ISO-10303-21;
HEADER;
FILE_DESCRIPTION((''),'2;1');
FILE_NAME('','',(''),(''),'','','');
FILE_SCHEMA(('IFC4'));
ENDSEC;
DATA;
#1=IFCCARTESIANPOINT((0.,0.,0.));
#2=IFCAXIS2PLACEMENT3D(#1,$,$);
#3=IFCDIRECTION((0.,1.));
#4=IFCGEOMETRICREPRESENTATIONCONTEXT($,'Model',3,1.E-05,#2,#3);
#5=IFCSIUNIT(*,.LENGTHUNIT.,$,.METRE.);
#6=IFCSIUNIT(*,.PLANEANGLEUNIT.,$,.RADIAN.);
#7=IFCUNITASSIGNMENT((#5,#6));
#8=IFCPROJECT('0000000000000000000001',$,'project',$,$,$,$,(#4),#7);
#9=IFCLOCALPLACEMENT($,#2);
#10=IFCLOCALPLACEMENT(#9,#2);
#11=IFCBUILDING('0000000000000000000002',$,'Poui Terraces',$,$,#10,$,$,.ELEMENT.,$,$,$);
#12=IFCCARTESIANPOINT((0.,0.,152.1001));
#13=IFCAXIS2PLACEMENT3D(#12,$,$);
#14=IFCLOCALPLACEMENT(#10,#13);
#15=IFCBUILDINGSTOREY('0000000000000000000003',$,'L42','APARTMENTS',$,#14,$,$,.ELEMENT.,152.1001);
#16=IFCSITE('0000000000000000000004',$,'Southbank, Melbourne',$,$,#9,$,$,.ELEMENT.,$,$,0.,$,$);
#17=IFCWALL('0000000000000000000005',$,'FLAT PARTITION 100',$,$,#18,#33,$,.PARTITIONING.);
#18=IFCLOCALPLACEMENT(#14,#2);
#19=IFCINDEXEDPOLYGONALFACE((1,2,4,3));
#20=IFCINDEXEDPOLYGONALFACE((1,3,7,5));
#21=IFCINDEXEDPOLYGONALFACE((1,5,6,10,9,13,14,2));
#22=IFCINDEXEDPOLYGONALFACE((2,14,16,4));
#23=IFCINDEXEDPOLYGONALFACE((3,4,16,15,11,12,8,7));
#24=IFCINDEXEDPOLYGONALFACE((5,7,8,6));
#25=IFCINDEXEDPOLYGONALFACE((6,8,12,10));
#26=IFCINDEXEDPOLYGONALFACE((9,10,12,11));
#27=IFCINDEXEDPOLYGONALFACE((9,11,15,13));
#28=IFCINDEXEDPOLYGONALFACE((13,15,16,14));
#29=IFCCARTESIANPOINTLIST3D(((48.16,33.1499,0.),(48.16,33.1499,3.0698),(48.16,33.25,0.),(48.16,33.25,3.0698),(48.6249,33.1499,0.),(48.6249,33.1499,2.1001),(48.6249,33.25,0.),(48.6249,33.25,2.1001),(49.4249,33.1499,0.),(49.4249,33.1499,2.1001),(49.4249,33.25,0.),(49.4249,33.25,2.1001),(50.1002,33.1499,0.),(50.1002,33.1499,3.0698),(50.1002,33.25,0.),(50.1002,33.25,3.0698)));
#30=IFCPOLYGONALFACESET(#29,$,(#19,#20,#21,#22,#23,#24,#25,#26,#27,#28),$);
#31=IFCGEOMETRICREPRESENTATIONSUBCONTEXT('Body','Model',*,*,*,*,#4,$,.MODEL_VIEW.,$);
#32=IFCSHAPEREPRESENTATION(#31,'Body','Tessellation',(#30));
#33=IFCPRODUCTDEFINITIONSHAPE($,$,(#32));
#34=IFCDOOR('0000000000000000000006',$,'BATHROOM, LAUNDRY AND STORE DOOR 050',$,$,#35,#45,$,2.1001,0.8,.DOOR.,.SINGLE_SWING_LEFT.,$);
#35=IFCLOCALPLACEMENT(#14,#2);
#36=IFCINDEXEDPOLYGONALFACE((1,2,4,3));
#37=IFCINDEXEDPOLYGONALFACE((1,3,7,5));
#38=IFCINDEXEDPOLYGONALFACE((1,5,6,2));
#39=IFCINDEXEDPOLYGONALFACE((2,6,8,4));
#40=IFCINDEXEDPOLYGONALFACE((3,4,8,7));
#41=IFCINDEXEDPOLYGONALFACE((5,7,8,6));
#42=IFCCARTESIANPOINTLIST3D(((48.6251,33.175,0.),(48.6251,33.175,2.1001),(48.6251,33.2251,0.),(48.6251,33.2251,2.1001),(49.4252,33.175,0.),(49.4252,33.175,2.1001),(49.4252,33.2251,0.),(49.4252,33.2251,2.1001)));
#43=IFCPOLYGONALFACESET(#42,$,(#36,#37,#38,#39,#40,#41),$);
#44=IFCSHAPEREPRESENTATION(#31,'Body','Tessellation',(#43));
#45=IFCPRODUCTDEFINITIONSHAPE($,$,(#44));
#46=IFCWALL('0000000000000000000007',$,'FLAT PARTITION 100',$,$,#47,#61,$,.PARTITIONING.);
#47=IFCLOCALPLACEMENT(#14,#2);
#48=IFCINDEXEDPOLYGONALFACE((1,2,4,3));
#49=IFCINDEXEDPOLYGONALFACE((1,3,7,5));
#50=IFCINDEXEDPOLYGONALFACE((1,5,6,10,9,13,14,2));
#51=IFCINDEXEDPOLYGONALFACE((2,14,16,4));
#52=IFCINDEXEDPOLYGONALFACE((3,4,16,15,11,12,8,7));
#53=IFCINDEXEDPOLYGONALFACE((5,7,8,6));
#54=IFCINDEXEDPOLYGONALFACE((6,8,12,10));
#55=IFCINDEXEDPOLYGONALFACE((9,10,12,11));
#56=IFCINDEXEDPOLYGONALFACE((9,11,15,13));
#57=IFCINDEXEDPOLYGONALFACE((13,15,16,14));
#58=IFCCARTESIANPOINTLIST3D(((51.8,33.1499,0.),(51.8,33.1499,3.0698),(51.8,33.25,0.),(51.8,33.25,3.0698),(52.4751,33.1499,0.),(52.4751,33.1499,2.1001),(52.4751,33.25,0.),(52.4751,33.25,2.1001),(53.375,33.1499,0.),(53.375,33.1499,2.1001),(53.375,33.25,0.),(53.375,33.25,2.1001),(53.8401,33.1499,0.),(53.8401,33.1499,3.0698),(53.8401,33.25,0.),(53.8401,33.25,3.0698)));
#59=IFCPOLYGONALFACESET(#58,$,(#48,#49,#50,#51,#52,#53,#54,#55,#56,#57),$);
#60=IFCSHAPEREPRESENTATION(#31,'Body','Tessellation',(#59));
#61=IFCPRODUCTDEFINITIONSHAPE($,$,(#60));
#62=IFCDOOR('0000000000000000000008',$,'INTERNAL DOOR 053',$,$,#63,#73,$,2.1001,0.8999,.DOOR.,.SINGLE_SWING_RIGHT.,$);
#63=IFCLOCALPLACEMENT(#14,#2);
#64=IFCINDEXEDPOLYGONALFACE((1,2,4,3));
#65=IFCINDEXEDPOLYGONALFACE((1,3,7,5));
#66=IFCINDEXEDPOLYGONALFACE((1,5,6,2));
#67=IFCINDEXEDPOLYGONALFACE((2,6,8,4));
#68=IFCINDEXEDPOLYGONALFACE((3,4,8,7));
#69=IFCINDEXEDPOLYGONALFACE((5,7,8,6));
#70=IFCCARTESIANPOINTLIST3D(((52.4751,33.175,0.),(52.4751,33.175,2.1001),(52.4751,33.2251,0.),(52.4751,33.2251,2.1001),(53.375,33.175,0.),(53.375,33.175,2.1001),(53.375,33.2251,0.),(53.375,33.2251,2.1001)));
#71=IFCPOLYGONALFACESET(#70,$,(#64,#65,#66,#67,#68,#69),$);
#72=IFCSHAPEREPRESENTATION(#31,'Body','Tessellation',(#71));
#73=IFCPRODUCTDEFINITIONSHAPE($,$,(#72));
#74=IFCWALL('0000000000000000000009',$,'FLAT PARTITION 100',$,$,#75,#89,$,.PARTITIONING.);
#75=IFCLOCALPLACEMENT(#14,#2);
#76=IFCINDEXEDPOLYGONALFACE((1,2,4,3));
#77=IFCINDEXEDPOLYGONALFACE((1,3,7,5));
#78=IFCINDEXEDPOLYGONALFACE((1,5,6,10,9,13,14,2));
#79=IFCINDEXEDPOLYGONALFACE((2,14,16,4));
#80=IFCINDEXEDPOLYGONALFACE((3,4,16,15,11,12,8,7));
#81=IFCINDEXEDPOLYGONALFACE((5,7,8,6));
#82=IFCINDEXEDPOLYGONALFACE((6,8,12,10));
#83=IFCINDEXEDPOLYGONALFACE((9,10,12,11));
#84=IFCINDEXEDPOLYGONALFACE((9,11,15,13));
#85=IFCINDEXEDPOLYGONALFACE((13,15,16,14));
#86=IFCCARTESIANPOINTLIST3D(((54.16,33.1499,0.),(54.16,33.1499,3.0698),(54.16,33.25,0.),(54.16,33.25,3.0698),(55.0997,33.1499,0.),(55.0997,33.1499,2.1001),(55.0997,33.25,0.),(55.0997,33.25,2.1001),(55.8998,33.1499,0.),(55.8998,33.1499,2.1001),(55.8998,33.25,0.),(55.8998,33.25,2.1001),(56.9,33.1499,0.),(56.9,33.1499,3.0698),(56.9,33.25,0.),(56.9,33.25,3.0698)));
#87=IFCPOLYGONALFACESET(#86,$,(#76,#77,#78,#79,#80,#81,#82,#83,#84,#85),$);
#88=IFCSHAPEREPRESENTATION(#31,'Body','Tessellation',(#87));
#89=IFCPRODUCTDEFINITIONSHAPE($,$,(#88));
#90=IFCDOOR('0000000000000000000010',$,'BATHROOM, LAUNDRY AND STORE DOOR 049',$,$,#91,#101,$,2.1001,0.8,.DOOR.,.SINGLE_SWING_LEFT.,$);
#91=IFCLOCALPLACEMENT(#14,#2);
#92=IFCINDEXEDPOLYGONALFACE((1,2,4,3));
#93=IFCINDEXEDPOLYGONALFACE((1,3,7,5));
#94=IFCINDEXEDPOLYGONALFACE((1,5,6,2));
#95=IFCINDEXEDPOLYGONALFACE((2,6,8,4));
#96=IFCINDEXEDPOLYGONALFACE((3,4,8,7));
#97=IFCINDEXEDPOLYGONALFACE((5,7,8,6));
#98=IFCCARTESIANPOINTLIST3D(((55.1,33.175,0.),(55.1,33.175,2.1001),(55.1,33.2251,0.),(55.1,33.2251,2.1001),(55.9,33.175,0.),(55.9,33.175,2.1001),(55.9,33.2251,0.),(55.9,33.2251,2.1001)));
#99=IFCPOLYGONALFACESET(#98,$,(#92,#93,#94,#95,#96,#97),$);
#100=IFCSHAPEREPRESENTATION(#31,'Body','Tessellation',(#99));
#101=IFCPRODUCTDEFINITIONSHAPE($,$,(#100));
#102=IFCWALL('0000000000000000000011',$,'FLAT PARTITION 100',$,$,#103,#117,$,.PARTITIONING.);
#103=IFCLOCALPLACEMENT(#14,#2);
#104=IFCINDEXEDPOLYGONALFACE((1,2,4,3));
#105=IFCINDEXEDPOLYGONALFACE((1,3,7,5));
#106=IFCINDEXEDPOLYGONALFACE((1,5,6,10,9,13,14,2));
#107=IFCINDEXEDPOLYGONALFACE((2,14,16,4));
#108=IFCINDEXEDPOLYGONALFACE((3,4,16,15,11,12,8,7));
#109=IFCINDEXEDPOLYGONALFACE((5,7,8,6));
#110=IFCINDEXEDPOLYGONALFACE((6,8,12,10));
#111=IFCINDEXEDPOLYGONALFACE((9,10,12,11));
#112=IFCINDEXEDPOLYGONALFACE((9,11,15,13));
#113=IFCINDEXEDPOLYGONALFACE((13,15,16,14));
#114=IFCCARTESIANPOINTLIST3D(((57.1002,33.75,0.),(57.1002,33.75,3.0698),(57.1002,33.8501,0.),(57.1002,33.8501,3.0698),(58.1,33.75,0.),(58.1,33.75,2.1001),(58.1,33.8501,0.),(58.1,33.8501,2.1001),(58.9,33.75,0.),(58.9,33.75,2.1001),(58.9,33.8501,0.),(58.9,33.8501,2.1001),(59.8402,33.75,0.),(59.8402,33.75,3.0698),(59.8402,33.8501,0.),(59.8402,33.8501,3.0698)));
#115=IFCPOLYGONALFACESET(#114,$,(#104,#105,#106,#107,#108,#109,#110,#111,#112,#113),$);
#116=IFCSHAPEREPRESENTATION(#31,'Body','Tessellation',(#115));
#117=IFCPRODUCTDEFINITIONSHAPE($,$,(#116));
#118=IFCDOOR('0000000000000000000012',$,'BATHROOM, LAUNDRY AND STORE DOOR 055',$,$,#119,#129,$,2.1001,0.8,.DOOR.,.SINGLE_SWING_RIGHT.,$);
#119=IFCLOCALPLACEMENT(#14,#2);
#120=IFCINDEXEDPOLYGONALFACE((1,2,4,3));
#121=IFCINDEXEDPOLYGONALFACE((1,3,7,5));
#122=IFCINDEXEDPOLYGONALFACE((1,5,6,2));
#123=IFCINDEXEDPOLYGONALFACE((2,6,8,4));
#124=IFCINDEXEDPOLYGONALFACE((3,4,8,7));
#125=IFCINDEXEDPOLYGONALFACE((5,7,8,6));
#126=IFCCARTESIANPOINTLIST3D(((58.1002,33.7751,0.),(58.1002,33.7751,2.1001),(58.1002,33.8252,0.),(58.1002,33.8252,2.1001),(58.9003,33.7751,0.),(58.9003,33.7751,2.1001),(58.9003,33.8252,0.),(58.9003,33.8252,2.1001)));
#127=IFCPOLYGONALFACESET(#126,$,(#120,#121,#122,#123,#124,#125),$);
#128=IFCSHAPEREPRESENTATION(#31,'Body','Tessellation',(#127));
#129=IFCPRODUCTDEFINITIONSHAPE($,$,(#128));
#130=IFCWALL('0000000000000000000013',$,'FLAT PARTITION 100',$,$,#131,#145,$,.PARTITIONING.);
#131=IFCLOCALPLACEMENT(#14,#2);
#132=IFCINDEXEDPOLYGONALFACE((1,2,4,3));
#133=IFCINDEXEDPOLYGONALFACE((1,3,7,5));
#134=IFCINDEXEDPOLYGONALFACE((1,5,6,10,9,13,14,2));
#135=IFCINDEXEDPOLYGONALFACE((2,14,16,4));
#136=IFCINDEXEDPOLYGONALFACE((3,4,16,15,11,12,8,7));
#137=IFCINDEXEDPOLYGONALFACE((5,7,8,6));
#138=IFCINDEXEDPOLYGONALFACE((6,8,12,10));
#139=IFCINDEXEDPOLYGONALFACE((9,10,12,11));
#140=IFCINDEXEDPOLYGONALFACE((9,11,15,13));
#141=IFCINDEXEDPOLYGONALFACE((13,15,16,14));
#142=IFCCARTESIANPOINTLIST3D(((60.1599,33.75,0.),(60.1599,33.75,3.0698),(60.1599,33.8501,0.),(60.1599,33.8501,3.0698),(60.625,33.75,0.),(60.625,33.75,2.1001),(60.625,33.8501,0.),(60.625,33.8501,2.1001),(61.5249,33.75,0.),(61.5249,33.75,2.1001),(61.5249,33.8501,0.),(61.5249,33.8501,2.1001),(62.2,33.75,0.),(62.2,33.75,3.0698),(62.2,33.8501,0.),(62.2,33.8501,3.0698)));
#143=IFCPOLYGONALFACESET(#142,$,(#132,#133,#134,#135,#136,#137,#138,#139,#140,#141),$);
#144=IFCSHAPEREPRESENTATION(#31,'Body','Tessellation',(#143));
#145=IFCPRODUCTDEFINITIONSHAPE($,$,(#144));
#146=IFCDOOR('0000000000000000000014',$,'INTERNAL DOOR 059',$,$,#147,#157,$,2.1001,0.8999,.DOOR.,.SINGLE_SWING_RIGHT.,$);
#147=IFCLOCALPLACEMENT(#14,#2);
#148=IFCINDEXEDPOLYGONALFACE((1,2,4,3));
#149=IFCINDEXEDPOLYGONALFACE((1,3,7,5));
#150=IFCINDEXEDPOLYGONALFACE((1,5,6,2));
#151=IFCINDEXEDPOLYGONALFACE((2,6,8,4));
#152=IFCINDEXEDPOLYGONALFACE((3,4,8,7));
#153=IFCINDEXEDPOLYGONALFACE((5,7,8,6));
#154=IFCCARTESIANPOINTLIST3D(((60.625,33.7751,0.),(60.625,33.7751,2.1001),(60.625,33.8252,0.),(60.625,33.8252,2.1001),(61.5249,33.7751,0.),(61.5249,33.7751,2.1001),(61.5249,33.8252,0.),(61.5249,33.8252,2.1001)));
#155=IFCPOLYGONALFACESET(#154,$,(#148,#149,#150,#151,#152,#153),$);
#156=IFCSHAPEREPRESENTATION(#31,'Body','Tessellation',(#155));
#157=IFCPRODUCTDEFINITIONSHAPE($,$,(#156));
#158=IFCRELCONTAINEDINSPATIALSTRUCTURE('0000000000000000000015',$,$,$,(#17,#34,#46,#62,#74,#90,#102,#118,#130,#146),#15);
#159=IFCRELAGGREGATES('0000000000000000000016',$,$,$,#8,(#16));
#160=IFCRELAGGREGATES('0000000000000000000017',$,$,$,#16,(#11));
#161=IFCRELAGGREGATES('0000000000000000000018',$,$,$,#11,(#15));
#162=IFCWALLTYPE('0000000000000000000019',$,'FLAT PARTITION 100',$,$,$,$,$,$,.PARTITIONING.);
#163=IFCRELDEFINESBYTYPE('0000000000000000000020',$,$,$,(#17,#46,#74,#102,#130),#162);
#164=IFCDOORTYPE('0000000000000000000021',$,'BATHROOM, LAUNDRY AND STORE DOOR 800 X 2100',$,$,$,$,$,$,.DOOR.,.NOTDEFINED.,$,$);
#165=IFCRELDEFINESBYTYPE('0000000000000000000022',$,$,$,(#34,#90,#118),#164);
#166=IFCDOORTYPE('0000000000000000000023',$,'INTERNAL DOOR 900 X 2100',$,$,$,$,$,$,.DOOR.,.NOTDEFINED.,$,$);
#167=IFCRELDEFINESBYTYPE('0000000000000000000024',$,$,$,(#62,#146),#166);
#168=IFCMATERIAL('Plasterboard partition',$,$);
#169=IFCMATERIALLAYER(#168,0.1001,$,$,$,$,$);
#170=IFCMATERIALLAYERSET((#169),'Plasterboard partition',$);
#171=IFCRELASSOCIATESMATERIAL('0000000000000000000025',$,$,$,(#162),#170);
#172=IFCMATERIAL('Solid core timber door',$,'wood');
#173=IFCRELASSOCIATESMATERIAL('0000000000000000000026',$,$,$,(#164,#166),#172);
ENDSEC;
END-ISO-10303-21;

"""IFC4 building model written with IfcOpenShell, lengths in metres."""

from ifc_helpers import new_model, si_unit, direction, frame, frame_2d, origin, place, context, subcontext, project, spatial, rectangle, extrude, material, layer, layer_set, type_object, element, fill, save


model = new_model("IFC4")

# Units and contexts
model_context = context("Model", 3, precision=1e-05, world=origin(), true_north=direction((0.0, 1.0)))
body_context = subcontext(model_context, "Body", "Model", "MODEL_VIEW")
ifc_project = project(units=[si_unit("LENGTHUNIT", "METRE"), si_unit("PLANEANGLEUNIT", "RADIAN")], contexts=[model_context])

# Site, building, storey
site_placement = place(None, origin())
site = spatial("IfcSite", under=ifc_project, at=site_placement, Name="Southbank, Melbourne", CompositionType="ELEMENT", RefElevation=0.0)
building_placement = place(site_placement, origin())
building = spatial("IfcBuilding", under=site, at=building_placement, Name="Poui Terraces", CompositionType="ELEMENT")
storey_placement = place(building_placement, frame((0.0, 0.0, 152.1001)))
storey = spatial("IfcBuildingStorey", under=building, at=storey_placement, Name="L42", Description="APARTMENTS", CompositionType="ELEMENT", Elevation=152.1001)

# Walls, openings, doors
ifc_material_1 = material(Name="Plasterboard partition")
ifc_layer_1 = layer(ifc_material_1, 0.1001)
ifc_layer_set_1 = layer_set([ifc_layer_1], Name="Plasterboard partition")
wall_type_1 = type_object("IfcWallType", Name="FLAT PARTITION 100", PredefinedType="PARTITIONING", material=ifc_layer_set_1)
wall_1_placement = place(storey_placement, frame((48.1599, 33.2, 0.0), z_axis=(0.0, 0.0, 1.0), x_axis=(1.0, 0.0, 0.0)))
wall_1 = element("IfcWall", 1, at=wall_1_placement, inside=storey, type_object=wall_type_1, Name="FLAT PARTITION 100", PredefinedType="PARTITIONING", context=body_context, shape_type="SweptSolid", body=[
    extrude(rectangle(XDim=1.9402, YDim=0.1001, at=frame_2d((0.9702, 0.0))), origin(), (0.0, 0.0, 1.0), 3.0698),
])
opening_1_placement = place(wall_1_placement, frame((0.4651, 0.0, 0.0)))
opening_1 = element("IfcOpeningElement", 2, at=opening_1_placement, cuts=wall_1, PredefinedType="OPENING", context=body_context, shape_type="SweptSolid", body=[
    extrude(rectangle(XDim=0.8, YDim=2.1001, at=frame_2d((0.3999, 1.05))), frame((0.0, 0.0601, 0.0), z_axis=(0.0, -1.0, 0.0), x_axis=(1.0, 0.0, 0.0)), (0.0, 0.0, 1.0), 0.1201),
])
ifc_material_2 = material(Name="Solid core timber door", Category="wood")
door_type_1 = type_object("IfcDoorType", Name="BATHROOM, LAUNDRY AND STORE DOOR 800 X 2100", OperationType="NOTDEFINED", PredefinedType="DOOR", material=ifc_material_2)
door_1_placement = place(opening_1_placement, frame((0.8, 0.0, 0.0), z_axis=(0.0, 0.0, 1.0), x_axis=(-1.0, 0.0, 0.0)))
door_1 = element("IfcDoor", 3, at=door_1_placement, inside=storey, type_object=door_type_1, Name="BATHROOM, LAUNDRY AND STORE DOOR 050", OperationType="SINGLE_SWING_LEFT", OverallHeight=2.1001, OverallWidth=0.8, PredefinedType="DOOR", context=body_context, shape_type="SweptSolid", body=[
    extrude(rectangle(XDim=0.8, YDim=2.1001, at=frame_2d((0.3999, 1.05))), frame((0.0, 0.0249, 0.0), z_axis=(0.0, -1.0, 0.0), x_axis=(1.0, 0.0, 0.0)), (0.0, 0.0, 1.0), 0.05),
])
fill(opening_1, door_1)
wall_2_placement = place(storey_placement, frame((51.8, 33.2, 0.0), z_axis=(0.0, 0.0, 1.0), x_axis=(1.0, 0.0, 0.0)))
wall_2 = element("IfcWall", 4, at=wall_2_placement, inside=storey, type_object=wall_type_1, Name="FLAT PARTITION 100", PredefinedType="PARTITIONING", context=body_context, shape_type="SweptSolid", body=[
    extrude(rectangle(XDim=2.04, YDim=0.1001, at=frame_2d((1.02, 0.0))), origin(), (0.0, 0.0, 1.0), 3.0698),
])
opening_2_placement = place(wall_2_placement, frame((0.675, 0.0, 0.0)))
opening_2 = element("IfcOpeningElement", 5, at=opening_2_placement, cuts=wall_2, PredefinedType="OPENING", context=body_context, shape_type="SweptSolid", body=[
    extrude(rectangle(XDim=0.8999, YDim=2.1001, at=frame_2d((0.45, 1.05))), frame((0.0, 0.0601, 0.0), z_axis=(0.0, -1.0, 0.0), x_axis=(1.0, 0.0, 0.0)), (0.0, 0.0, 1.0), 0.1201),
])
door_type_2 = type_object("IfcDoorType", Name="INTERNAL DOOR 900 X 2100", OperationType="NOTDEFINED", PredefinedType="DOOR", material=ifc_material_2)
door_2_placement = place(opening_2_placement, frame((0.8999, 0.0, 0.0), z_axis=(0.0, 0.0, 1.0), x_axis=(-1.0, 0.0, 0.0)))
door_2 = element("IfcDoor", 6, at=door_2_placement, inside=storey, type_object=door_type_2, Name="INTERNAL DOOR 053", OperationType="SINGLE_SWING_RIGHT", OverallHeight=2.1001, OverallWidth=0.8999, PredefinedType="DOOR", context=body_context, shape_type="SweptSolid", body=[
    extrude(rectangle(XDim=0.8999, YDim=2.1001, at=frame_2d((0.45, 1.05))), frame((0.0, 0.0249, 0.0), z_axis=(0.0, -1.0, 0.0), x_axis=(1.0, 0.0, 0.0)), (0.0, 0.0, 1.0), 0.05),
])
fill(opening_2, door_2)
wall_3_placement = place(storey_placement, frame((54.1599, 33.2, 0.0), z_axis=(0.0, 0.0, 1.0), x_axis=(1.0, 0.0, 0.0)))
wall_3 = element("IfcWall", 7, at=wall_3_placement, inside=storey, type_object=wall_type_1, Name="FLAT PARTITION 100", PredefinedType="PARTITIONING", context=body_context, shape_type="SweptSolid", body=[
    extrude(rectangle(XDim=2.74, YDim=0.1001, at=frame_2d((1.3701, 0.0))), origin(), (0.0, 0.0, 1.0), 3.0698),
])
opening_3_placement = place(wall_3_placement, frame((0.9399, 0.0, 0.0)))
opening_3 = element("IfcOpeningElement", 8, at=opening_3_placement, cuts=wall_3, PredefinedType="OPENING", context=body_context, shape_type="SweptSolid", body=[
    extrude(rectangle(XDim=0.8, YDim=2.1001, at=frame_2d((0.3999, 1.05))), frame((0.0, 0.0601, 0.0), z_axis=(0.0, -1.0, 0.0), x_axis=(1.0, 0.0, 0.0)), (0.0, 0.0, 1.0), 0.1201),
])
door_3_placement = place(opening_3_placement, frame((0.8, 0.0, 0.0), z_axis=(0.0, 0.0, 1.0), x_axis=(-1.0, 0.0, 0.0)))
door_3 = element("IfcDoor", 9, at=door_3_placement, inside=storey, type_object=door_type_1, Name="BATHROOM, LAUNDRY AND STORE DOOR 049", OperationType="SINGLE_SWING_LEFT", OverallHeight=2.1001, OverallWidth=0.8, PredefinedType="DOOR", context=body_context, shape_type="SweptSolid", body=[
    extrude(rectangle(XDim=0.8, YDim=2.1001, at=frame_2d((0.3999, 1.05))), frame((0.0, 0.0249, 0.0), z_axis=(0.0, -1.0, 0.0), x_axis=(1.0, 0.0, 0.0)), (0.0, 0.0, 1.0), 0.05),
])
fill(opening_3, door_3)
wall_4_placement = place(storey_placement, frame((57.1001, 33.8, 0.0), z_axis=(0.0, 0.0, 1.0), x_axis=(1.0, 0.0, 0.0)))
wall_4 = element("IfcWall", 10, at=wall_4_placement, inside=storey, type_object=wall_type_1, Name="FLAT PARTITION 100", PredefinedType="PARTITIONING", context=body_context, shape_type="SweptSolid", body=[
    extrude(rectangle(XDim=2.74, YDim=0.1001, at=frame_2d((1.3701, 0.0))), origin(), (0.0, 0.0, 1.0), 3.0698),
])
opening_4_placement = place(wall_4_placement, frame((1.0, 0.0, 0.0)))
opening_4 = element("IfcOpeningElement", 11, at=opening_4_placement, cuts=wall_4, PredefinedType="OPENING", context=body_context, shape_type="SweptSolid", body=[
    extrude(rectangle(XDim=0.8, YDim=2.1001, at=frame_2d((0.3999, 1.05))), frame((0.0, 0.0601, 0.0), z_axis=(0.0, -1.0, 0.0), x_axis=(1.0, 0.0, 0.0)), (0.0, 0.0, 1.0), 0.1201),
])
door_4_placement = place(opening_4_placement, frame((0.8, 0.0, 0.0), z_axis=(0.0, 0.0, 1.0), x_axis=(-1.0, 0.0, 0.0)))
door_4 = element("IfcDoor", 12, at=door_4_placement, inside=storey, type_object=door_type_1, Name="BATHROOM, LAUNDRY AND STORE DOOR 055", OperationType="SINGLE_SWING_RIGHT", OverallHeight=2.1001, OverallWidth=0.8, PredefinedType="DOOR", context=body_context, shape_type="SweptSolid", body=[
    extrude(rectangle(XDim=0.8, YDim=2.1001, at=frame_2d((0.3999, 1.05))), frame((0.0, 0.0249, 0.0), z_axis=(0.0, -1.0, 0.0), x_axis=(1.0, 0.0, 0.0)), (0.0, 0.0, 1.0), 0.05),
])
fill(opening_4, door_4)
wall_5_placement = place(storey_placement, frame((60.1599, 33.8, 0.0), z_axis=(0.0, 0.0, 1.0), x_axis=(1.0, 0.0, 0.0)))
wall_5 = element("IfcWall", 13, at=wall_5_placement, inside=storey, type_object=wall_type_1, Name="FLAT PARTITION 100", PredefinedType="PARTITIONING", context=body_context, shape_type="SweptSolid", body=[
    extrude(rectangle(XDim=2.04, YDim=0.1001, at=frame_2d((1.02, 0.0))), origin(), (0.0, 0.0, 1.0), 3.0698),
])
opening_5_placement = place(wall_5_placement, frame((0.4651, 0.0, 0.0)))
opening_5 = element("IfcOpeningElement", 14, at=opening_5_placement, cuts=wall_5, PredefinedType="OPENING", context=body_context, shape_type="SweptSolid", body=[
    extrude(rectangle(XDim=0.8999, YDim=2.1001, at=frame_2d((0.45, 1.05))), frame((0.0, 0.0601, 0.0), z_axis=(0.0, -1.0, 0.0), x_axis=(1.0, 0.0, 0.0)), (0.0, 0.0, 1.0), 0.1201),
])
door_5_placement = place(opening_5_placement, frame((0.8999, 0.0, 0.0), z_axis=(0.0, 0.0, 1.0), x_axis=(-1.0, 0.0, 0.0)))
door_5 = element("IfcDoor", 15, at=door_5_placement, inside=storey, type_object=door_type_2, Name="INTERNAL DOOR 059", OperationType="SINGLE_SWING_RIGHT", OverallHeight=2.1001, OverallWidth=0.8999, PredefinedType="DOOR", context=body_context, shape_type="SweptSolid", body=[
    extrude(rectangle(XDim=0.8999, YDim=2.1001, at=frame_2d((0.45, 1.05))), frame((0.0, 0.0249, 0.0), z_axis=(0.0, -1.0, 0.0), x_axis=(1.0, 0.0, 0.0)), (0.0, 0.0, 1.0), 0.05),
])
fill(opening_5, door_5)

save(model, "model.ifc")
